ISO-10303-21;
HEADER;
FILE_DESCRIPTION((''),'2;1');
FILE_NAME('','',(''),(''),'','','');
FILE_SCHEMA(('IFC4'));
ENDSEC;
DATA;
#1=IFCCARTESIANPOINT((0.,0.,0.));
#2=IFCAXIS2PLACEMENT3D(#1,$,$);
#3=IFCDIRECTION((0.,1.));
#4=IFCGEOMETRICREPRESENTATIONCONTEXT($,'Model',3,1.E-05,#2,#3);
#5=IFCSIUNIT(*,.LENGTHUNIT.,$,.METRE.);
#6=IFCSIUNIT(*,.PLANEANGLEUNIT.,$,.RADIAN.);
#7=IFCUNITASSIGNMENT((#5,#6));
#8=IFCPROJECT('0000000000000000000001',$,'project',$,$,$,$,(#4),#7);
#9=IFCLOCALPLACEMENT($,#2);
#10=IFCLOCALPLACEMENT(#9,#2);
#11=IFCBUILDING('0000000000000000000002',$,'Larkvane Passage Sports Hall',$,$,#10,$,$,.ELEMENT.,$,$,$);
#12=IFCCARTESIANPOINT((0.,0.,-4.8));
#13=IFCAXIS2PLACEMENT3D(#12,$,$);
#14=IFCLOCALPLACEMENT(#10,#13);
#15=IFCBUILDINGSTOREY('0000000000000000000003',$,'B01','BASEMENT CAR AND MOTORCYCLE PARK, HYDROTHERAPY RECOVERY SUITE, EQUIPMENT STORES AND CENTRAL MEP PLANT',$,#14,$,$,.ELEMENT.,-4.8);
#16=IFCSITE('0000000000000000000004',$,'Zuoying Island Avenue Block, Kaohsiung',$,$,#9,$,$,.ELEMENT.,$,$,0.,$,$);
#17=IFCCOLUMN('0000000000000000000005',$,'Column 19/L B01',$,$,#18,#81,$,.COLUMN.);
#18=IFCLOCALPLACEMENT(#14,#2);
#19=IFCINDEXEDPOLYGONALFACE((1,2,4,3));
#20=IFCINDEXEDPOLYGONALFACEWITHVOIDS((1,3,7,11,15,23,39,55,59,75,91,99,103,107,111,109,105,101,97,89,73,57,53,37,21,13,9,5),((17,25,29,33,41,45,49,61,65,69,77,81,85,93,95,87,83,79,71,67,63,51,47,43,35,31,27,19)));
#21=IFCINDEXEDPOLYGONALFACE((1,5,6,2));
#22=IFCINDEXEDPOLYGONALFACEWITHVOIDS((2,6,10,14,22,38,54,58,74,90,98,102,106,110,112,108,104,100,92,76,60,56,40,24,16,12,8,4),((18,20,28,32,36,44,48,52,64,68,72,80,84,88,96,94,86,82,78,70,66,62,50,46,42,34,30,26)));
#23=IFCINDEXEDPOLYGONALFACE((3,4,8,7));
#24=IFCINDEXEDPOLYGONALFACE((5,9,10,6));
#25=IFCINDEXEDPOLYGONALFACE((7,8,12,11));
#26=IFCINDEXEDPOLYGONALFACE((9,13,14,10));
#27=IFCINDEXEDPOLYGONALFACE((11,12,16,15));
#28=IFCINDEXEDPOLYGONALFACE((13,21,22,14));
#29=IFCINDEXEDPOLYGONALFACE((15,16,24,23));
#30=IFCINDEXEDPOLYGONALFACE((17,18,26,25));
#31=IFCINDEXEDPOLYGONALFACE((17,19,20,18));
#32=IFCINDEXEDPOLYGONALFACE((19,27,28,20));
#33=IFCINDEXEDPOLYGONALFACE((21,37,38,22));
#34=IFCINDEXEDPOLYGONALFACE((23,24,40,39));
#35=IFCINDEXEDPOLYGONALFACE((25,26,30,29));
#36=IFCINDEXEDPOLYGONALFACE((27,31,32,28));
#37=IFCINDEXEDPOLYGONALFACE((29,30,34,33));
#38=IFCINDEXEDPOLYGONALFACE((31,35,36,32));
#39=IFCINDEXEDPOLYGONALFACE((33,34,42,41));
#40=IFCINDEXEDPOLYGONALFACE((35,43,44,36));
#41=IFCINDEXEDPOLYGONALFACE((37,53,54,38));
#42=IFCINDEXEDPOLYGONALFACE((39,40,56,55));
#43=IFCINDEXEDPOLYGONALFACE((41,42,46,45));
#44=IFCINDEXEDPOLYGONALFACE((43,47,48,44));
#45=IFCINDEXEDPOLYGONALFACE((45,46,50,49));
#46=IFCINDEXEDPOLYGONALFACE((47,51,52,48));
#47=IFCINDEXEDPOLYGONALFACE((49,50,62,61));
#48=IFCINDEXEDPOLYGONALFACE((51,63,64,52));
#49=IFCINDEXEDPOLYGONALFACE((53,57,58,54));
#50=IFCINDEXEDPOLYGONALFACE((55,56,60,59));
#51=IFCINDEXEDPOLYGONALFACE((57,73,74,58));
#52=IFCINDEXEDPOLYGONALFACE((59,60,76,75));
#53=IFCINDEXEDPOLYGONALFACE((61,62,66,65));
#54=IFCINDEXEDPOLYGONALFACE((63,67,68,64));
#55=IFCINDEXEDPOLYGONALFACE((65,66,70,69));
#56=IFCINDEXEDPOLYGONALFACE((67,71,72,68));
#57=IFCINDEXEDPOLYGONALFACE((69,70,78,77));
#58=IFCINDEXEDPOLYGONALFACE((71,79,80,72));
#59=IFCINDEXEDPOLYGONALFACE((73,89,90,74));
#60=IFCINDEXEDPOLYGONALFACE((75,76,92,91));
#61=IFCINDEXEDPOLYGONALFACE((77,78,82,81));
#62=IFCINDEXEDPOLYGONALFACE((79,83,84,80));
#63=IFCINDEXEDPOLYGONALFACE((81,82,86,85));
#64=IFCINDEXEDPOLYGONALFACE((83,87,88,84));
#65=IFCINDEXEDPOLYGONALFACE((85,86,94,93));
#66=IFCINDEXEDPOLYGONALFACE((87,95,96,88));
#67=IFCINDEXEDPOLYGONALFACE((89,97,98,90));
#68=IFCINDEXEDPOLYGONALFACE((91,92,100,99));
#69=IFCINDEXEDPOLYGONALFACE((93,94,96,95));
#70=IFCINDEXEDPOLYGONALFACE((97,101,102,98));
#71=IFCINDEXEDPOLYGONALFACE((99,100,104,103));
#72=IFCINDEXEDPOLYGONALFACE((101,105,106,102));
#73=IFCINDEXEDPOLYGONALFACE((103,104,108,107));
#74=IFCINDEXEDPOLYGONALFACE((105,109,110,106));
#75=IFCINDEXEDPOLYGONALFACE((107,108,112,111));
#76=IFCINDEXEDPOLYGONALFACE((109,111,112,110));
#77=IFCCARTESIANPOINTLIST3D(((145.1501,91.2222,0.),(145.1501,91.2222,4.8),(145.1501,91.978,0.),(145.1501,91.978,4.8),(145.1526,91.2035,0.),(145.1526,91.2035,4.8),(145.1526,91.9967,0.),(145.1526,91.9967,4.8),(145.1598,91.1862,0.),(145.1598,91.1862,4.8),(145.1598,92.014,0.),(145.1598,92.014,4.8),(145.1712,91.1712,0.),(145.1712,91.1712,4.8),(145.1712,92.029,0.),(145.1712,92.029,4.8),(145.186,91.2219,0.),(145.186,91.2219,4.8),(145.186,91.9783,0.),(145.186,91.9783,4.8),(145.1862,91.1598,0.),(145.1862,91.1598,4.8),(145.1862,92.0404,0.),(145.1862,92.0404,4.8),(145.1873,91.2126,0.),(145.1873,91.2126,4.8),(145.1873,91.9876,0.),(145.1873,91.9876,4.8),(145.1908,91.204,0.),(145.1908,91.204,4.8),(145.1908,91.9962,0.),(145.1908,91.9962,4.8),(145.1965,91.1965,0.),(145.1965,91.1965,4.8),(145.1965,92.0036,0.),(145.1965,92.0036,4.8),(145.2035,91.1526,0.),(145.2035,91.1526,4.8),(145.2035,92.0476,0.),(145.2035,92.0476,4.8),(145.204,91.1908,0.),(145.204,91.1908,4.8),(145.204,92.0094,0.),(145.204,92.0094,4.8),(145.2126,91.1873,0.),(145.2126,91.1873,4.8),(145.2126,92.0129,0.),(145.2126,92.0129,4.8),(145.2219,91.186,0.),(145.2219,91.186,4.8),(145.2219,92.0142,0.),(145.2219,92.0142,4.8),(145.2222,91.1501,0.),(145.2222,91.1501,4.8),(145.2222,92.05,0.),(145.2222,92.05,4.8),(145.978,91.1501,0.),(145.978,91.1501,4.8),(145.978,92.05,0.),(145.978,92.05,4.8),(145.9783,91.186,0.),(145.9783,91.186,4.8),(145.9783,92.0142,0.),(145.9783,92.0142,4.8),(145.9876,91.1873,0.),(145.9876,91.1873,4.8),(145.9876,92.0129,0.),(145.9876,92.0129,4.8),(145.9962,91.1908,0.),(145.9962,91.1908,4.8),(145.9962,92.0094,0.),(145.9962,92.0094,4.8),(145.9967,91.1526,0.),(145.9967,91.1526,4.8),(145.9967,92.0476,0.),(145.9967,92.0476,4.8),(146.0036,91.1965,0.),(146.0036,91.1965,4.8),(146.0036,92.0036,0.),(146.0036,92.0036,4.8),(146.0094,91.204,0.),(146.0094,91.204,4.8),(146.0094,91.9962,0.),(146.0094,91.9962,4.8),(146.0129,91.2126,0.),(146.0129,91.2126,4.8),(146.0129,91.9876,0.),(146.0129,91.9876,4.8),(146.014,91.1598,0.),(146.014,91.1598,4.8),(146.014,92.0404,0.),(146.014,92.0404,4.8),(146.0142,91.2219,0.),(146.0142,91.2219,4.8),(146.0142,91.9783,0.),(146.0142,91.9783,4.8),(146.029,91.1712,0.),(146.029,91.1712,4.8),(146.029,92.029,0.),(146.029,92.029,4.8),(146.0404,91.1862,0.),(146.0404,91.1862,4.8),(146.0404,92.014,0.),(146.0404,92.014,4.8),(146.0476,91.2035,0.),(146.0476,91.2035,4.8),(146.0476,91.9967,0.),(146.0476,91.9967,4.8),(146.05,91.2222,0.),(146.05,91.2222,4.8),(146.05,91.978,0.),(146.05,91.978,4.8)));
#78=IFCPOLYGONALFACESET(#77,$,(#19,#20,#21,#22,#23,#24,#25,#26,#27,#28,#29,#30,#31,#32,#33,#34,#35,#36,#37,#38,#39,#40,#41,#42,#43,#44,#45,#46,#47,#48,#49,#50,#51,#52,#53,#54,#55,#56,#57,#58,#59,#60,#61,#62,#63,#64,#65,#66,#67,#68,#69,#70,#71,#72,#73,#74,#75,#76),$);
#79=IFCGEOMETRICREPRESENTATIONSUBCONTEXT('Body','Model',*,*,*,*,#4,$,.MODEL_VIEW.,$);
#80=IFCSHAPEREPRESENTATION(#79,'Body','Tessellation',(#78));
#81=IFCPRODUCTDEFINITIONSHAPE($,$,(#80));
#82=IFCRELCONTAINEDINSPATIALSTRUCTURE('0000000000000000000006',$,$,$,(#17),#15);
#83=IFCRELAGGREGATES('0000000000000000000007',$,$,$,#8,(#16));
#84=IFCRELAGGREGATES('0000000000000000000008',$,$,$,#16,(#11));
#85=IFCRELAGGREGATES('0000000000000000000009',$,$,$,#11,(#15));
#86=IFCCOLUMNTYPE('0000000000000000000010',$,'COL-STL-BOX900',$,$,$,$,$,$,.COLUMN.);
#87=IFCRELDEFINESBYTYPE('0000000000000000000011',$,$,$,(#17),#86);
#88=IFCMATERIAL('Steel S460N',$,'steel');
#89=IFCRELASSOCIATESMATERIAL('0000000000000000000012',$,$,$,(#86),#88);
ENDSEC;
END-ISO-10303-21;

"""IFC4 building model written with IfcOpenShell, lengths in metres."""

from ifc_helpers import new_model, si_unit, direction, frame, origin, origin_2d, place, context, subcontext, project, spatial, hollow_rectangle, extrude, material, material_profile, profile_set, type_object, element, save


model = new_model("IFC4")

# Units and contexts
model_context = context("Model", 3, precision=1e-05, world=origin(), true_north=direction((0.0, 1.0)))
body_context = subcontext(model_context, "Body", "Model", "MODEL_VIEW")
ifc_project = project(units=[si_unit("LENGTHUNIT", "METRE"), si_unit("PLANEANGLEUNIT", "RADIAN")], contexts=[model_context])

# Site, building, storey
site_placement = place(None, origin())
site = spatial("IfcSite", under=ifc_project, at=site_placement, Name="Zuoying Island Avenue Block, Kaohsiung", CompositionType="ELEMENT", RefElevation=0.0)
building_placement = place(site_placement, origin())
building = spatial("IfcBuilding", under=site, at=building_placement, Name="Larkvane Passage Sports Hall", CompositionType="ELEMENT")
storey_placement = place(building_placement, frame((0.0, 0.0, -4.8)))
storey = spatial("IfcBuildingStorey", under=building, at=storey_placement, Name="B01", Description="BASEMENT CAR AND MOTORCYCLE PARK, HYDROTHERAPY RECOVERY SUITE, EQUIPMENT STORES AND CENTRAL MEP PLANT", CompositionType="ELEMENT", Elevation=-4.8)

# Column
ifc_material_1 = material(Name="Steel S460N", Category="steel")
ifc_material_profile_1 = material_profile(ifc_material_1, hollow_rectangle(XDim=0.8999, YDim=0.8999, WallThickness=0.0359, InnerFilletRadius=0.0359, OuterFilletRadius=0.072, at=origin_2d()), Name="BOX-900x900x36")
ifc_profile_set_1 = profile_set([ifc_material_profile_1], Name="Steel S460N")
column_type_1 = type_object("IfcColumnType", Name="COL-STL-BOX900", PredefinedType="COLUMN", material=ifc_profile_set_1)
for number, where, z_axis, x_axis, name in (
    (1, (145.6001, 91.6001, 0.0), (0.0, 0.0, 1.0), (1.0, 0.0, 0.0), "Column 19/L B01"),
):
    element("IfcColumn", number, at=place(storey_placement, frame(where, z_axis=z_axis, x_axis=x_axis)), inside=storey, type_object=column_type_1, Name=name, PredefinedType="COLUMN", context=body_context, shape_type="SweptSolid", body=[
        extrude(hollow_rectangle(XDim=0.8999, YDim=0.8999, WallThickness=0.0359, InnerFilletRadius=0.0359, OuterFilletRadius=0.072, at=origin_2d()), origin(), (0.0, 0.0, 1.0), 4.8),
    ])

save(model, "model.ifc")
